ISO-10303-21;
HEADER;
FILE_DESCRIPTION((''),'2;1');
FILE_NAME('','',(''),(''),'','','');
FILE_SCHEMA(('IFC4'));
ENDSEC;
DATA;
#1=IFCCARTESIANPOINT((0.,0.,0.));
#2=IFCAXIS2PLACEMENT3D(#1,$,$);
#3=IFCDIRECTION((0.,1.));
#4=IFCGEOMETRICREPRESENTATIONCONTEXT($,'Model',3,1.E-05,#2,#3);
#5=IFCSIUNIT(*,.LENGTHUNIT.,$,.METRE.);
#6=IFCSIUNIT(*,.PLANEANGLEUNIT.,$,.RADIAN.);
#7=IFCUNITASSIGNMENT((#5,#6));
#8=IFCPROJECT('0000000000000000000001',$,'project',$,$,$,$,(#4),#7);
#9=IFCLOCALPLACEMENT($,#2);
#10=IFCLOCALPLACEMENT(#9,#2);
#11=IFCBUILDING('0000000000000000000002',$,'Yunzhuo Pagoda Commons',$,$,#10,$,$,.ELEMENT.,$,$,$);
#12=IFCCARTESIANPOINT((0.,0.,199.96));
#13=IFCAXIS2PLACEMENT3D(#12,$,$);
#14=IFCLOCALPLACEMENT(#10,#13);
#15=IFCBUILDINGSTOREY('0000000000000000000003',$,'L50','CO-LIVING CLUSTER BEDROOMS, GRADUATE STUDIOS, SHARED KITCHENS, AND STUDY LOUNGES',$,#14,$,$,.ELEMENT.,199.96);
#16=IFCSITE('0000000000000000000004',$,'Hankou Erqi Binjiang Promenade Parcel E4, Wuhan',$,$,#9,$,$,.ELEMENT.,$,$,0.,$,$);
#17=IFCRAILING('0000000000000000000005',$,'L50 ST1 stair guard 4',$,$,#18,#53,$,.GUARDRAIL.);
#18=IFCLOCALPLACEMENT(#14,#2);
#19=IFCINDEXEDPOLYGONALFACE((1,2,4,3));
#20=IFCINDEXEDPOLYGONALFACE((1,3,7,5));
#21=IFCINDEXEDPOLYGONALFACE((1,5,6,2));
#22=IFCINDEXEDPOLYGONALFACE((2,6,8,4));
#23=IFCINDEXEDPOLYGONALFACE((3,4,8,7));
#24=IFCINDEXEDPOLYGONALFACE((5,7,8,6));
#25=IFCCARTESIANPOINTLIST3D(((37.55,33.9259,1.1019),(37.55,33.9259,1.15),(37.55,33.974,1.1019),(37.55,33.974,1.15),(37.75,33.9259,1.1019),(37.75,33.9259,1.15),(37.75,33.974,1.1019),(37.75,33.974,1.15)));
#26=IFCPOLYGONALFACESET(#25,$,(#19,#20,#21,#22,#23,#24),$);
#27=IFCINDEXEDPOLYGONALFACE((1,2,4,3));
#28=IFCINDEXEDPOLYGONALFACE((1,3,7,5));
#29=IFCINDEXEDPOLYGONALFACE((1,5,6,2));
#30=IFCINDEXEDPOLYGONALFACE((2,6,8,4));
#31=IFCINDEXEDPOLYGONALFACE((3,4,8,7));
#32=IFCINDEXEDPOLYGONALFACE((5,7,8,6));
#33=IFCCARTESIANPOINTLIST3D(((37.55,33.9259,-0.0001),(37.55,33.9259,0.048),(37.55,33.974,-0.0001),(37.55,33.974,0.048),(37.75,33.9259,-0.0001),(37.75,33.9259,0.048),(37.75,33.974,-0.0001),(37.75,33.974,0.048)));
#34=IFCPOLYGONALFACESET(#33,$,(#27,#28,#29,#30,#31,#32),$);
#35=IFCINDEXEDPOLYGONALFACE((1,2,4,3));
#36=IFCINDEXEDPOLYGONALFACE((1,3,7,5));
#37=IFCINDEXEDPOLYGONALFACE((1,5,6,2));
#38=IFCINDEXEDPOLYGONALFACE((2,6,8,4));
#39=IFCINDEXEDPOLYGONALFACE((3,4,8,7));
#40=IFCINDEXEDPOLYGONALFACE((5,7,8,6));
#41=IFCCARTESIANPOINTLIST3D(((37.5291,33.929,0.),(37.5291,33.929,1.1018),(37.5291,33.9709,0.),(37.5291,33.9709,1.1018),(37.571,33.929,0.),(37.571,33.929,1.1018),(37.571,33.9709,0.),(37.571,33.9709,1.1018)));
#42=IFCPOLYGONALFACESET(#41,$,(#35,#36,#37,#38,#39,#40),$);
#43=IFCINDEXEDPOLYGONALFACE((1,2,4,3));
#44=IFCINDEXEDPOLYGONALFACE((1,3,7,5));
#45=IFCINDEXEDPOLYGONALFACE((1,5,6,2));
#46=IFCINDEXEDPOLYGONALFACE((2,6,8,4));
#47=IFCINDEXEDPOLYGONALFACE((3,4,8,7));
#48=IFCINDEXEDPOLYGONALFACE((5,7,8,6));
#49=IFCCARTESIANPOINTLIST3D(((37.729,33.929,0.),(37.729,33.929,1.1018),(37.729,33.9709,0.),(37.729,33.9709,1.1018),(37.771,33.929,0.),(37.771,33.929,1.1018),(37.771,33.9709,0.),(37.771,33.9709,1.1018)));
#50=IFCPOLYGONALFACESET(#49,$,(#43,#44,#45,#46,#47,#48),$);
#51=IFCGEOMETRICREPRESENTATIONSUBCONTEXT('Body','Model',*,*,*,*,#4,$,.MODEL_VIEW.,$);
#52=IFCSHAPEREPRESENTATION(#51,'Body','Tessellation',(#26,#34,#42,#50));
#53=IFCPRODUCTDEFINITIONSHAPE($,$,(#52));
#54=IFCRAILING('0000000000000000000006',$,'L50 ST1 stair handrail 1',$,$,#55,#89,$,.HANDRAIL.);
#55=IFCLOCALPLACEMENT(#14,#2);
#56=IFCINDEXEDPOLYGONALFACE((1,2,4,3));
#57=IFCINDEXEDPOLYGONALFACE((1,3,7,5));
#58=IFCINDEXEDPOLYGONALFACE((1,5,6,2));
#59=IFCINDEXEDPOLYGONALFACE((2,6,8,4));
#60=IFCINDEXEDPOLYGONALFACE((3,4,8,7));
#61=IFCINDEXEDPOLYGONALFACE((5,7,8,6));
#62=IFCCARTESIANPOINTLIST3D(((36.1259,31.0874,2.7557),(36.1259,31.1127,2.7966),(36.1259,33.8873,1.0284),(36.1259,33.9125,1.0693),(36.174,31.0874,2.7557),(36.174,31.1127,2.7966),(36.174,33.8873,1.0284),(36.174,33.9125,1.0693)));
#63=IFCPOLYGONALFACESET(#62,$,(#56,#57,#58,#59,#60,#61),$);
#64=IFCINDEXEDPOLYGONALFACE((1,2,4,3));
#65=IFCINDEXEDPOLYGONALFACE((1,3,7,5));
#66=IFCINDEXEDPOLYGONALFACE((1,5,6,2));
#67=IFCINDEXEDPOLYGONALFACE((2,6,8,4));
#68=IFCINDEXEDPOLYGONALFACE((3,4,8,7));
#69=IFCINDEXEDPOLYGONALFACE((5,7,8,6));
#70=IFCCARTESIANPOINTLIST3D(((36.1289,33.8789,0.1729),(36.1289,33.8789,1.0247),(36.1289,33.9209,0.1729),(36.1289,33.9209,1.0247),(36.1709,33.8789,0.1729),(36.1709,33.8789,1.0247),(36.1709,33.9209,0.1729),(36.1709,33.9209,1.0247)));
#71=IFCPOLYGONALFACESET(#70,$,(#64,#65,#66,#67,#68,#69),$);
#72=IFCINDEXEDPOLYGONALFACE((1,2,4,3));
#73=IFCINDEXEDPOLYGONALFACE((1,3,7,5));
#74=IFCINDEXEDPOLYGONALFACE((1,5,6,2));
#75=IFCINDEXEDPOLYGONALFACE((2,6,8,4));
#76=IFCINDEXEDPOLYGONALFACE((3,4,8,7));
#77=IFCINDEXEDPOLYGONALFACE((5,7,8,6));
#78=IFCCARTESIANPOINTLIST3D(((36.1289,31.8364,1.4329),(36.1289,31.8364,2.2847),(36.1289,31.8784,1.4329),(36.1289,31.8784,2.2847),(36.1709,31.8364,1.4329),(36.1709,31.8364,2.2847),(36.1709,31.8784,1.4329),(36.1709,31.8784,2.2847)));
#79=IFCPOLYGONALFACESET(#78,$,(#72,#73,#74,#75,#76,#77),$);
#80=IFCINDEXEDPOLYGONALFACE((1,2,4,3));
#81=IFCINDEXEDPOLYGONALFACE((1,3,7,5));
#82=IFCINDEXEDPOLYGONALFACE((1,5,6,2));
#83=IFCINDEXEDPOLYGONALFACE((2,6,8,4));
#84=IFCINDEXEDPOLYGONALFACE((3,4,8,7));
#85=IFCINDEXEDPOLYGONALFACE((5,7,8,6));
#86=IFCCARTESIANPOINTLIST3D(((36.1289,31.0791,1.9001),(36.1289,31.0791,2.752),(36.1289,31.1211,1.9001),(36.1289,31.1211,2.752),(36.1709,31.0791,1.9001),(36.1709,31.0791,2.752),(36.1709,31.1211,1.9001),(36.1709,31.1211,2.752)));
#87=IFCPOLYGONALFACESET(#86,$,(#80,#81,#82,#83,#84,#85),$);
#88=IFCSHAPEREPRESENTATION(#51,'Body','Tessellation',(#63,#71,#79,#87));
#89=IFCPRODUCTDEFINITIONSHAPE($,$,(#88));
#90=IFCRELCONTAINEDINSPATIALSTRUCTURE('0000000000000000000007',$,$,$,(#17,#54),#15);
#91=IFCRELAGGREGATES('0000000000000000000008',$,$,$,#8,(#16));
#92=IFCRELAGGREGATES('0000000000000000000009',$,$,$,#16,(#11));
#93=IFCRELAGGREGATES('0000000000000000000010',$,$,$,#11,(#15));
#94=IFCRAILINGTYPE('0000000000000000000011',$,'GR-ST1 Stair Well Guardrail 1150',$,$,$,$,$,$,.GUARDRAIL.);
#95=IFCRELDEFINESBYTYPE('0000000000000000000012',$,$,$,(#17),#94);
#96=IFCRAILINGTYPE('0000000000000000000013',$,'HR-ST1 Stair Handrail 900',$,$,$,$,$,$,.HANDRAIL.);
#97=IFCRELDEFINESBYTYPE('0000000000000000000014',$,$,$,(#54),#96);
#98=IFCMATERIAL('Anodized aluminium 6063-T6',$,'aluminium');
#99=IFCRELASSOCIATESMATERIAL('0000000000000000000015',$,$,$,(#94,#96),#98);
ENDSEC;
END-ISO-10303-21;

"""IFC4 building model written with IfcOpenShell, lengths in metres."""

from ifc_helpers import new_model, si_unit, direction, frame, origin, origin_2d, place, context, subcontext, project, spatial, rectangle, extrude, material, type_object, element, save


model = new_model("IFC4")

# Units and contexts
model_context = context("Model", 3, precision=1e-05, world=origin(), true_north=direction((0.0, 1.0)))
body_context = subcontext(model_context, "Body", "Model", "MODEL_VIEW")
ifc_project = project(units=[si_unit("LENGTHUNIT", "METRE"), si_unit("PLANEANGLEUNIT", "RADIAN")], contexts=[model_context])

# Site, building, storey
site_placement = place(None, origin())
site = spatial("IfcSite", under=ifc_project, at=site_placement, Name="Hankou Erqi Binjiang Promenade Parcel E4, Wuhan", CompositionType="ELEMENT", RefElevation=0.0)
building_placement = place(site_placement, origin())
building = spatial("IfcBuilding", under=site, at=building_placement, Name="Yunzhuo Pagoda Commons", CompositionType="ELEMENT")
storey_placement = place(building_placement, frame((0.0, 0.0, 199.96)))
storey = spatial("IfcBuildingStorey", under=building, at=storey_placement, Name="L50", Description="CO-LIVING CLUSTER BEDROOMS, GRADUATE STUDIOS, SHARED KITCHENS, AND STUDY LOUNGES", CompositionType="ELEMENT", Elevation=199.96)

# Railings
ifc_material_1 = material(Name="Anodized aluminium 6063-T6", Category="aluminium")
railing_type_1 = type_object("IfcRailingType", Name="GR-ST1 Stair Well Guardrail 1150", PredefinedType="GUARDRAIL", material=ifc_material_1)
railing_1_placement = place(storey_placement, frame((37.55, 33.95, 0.0)))
element("IfcRailing", 1, at=railing_1_placement, inside=storey, type_object=railing_type_1, Name="L50 ST1 stair guard 4", PredefinedType="GUARDRAIL", context=body_context, shape_type="SweptSolid", body=[
    extrude(rectangle(XDim=0.0481, YDim=0.0481, at=origin_2d()), frame((0.0, 0.0, 1.126), z_axis=(1.0, 0.0, 0.0), x_axis=(0.0, 1.0, 0.0)), (0.0, 0.0, 1.0), 0.2),
    extrude(rectangle(XDim=0.0481, YDim=0.0481, at=origin_2d()), frame((0.0, 0.0, 0.0239), z_axis=(1.0, 0.0, 0.0), x_axis=(0.0, 1.0, 0.0)), (0.0, 0.0, 1.0), 0.2),
    extrude(rectangle(XDim=0.042, YDim=0.042, at=origin_2d()), origin(), (0.0, 0.0, 1.0), 1.1018),
    extrude(rectangle(XDim=0.042, YDim=0.042, at=origin_2d()), frame((0.2, 0.0, 0.0)), (0.0, 0.0, 1.0), 1.1018),
])
railing_type_2 = type_object("IfcRailingType", Name="HR-ST1 Stair Handrail 900", PredefinedType="HANDRAIL", material=ifc_material_1)
railing_2_placement = place(storey_placement, frame((36.1499, 33.8999, 0.1729)))
element("IfcRailing", 2, at=railing_2_placement, inside=storey, type_object=railing_type_2, Name="L50 ST1 stair handrail 1", PredefinedType="HANDRAIL", context=body_context, shape_type="SweptSolid", body=[
    extrude(rectangle(XDim=0.0481, YDim=0.0481, at=origin_2d()), frame((0.0, 0.0, 0.876), z_axis=(0.0, -0.851069, 0.525054), x_axis=(1.0, 0.0, 0.0)), (0.0, 0.0, 1.0), 3.2898),
    extrude(rectangle(XDim=0.042, YDim=0.042, at=origin_2d()), origin(), (0.0, 0.0, 1.0), 0.8518),
    extrude(rectangle(XDim=0.042, YDim=0.042, at=origin_2d()), frame((0.0, -2.0425, 1.26)), (0.0, 0.0, 1.0), 0.8518),
    extrude(rectangle(XDim=0.042, YDim=0.042, at=origin_2d()), frame((0.0, -2.7998, 1.7273)), (0.0, 0.0, 1.0), 0.8518),
])

save(model, "model.ifc")
